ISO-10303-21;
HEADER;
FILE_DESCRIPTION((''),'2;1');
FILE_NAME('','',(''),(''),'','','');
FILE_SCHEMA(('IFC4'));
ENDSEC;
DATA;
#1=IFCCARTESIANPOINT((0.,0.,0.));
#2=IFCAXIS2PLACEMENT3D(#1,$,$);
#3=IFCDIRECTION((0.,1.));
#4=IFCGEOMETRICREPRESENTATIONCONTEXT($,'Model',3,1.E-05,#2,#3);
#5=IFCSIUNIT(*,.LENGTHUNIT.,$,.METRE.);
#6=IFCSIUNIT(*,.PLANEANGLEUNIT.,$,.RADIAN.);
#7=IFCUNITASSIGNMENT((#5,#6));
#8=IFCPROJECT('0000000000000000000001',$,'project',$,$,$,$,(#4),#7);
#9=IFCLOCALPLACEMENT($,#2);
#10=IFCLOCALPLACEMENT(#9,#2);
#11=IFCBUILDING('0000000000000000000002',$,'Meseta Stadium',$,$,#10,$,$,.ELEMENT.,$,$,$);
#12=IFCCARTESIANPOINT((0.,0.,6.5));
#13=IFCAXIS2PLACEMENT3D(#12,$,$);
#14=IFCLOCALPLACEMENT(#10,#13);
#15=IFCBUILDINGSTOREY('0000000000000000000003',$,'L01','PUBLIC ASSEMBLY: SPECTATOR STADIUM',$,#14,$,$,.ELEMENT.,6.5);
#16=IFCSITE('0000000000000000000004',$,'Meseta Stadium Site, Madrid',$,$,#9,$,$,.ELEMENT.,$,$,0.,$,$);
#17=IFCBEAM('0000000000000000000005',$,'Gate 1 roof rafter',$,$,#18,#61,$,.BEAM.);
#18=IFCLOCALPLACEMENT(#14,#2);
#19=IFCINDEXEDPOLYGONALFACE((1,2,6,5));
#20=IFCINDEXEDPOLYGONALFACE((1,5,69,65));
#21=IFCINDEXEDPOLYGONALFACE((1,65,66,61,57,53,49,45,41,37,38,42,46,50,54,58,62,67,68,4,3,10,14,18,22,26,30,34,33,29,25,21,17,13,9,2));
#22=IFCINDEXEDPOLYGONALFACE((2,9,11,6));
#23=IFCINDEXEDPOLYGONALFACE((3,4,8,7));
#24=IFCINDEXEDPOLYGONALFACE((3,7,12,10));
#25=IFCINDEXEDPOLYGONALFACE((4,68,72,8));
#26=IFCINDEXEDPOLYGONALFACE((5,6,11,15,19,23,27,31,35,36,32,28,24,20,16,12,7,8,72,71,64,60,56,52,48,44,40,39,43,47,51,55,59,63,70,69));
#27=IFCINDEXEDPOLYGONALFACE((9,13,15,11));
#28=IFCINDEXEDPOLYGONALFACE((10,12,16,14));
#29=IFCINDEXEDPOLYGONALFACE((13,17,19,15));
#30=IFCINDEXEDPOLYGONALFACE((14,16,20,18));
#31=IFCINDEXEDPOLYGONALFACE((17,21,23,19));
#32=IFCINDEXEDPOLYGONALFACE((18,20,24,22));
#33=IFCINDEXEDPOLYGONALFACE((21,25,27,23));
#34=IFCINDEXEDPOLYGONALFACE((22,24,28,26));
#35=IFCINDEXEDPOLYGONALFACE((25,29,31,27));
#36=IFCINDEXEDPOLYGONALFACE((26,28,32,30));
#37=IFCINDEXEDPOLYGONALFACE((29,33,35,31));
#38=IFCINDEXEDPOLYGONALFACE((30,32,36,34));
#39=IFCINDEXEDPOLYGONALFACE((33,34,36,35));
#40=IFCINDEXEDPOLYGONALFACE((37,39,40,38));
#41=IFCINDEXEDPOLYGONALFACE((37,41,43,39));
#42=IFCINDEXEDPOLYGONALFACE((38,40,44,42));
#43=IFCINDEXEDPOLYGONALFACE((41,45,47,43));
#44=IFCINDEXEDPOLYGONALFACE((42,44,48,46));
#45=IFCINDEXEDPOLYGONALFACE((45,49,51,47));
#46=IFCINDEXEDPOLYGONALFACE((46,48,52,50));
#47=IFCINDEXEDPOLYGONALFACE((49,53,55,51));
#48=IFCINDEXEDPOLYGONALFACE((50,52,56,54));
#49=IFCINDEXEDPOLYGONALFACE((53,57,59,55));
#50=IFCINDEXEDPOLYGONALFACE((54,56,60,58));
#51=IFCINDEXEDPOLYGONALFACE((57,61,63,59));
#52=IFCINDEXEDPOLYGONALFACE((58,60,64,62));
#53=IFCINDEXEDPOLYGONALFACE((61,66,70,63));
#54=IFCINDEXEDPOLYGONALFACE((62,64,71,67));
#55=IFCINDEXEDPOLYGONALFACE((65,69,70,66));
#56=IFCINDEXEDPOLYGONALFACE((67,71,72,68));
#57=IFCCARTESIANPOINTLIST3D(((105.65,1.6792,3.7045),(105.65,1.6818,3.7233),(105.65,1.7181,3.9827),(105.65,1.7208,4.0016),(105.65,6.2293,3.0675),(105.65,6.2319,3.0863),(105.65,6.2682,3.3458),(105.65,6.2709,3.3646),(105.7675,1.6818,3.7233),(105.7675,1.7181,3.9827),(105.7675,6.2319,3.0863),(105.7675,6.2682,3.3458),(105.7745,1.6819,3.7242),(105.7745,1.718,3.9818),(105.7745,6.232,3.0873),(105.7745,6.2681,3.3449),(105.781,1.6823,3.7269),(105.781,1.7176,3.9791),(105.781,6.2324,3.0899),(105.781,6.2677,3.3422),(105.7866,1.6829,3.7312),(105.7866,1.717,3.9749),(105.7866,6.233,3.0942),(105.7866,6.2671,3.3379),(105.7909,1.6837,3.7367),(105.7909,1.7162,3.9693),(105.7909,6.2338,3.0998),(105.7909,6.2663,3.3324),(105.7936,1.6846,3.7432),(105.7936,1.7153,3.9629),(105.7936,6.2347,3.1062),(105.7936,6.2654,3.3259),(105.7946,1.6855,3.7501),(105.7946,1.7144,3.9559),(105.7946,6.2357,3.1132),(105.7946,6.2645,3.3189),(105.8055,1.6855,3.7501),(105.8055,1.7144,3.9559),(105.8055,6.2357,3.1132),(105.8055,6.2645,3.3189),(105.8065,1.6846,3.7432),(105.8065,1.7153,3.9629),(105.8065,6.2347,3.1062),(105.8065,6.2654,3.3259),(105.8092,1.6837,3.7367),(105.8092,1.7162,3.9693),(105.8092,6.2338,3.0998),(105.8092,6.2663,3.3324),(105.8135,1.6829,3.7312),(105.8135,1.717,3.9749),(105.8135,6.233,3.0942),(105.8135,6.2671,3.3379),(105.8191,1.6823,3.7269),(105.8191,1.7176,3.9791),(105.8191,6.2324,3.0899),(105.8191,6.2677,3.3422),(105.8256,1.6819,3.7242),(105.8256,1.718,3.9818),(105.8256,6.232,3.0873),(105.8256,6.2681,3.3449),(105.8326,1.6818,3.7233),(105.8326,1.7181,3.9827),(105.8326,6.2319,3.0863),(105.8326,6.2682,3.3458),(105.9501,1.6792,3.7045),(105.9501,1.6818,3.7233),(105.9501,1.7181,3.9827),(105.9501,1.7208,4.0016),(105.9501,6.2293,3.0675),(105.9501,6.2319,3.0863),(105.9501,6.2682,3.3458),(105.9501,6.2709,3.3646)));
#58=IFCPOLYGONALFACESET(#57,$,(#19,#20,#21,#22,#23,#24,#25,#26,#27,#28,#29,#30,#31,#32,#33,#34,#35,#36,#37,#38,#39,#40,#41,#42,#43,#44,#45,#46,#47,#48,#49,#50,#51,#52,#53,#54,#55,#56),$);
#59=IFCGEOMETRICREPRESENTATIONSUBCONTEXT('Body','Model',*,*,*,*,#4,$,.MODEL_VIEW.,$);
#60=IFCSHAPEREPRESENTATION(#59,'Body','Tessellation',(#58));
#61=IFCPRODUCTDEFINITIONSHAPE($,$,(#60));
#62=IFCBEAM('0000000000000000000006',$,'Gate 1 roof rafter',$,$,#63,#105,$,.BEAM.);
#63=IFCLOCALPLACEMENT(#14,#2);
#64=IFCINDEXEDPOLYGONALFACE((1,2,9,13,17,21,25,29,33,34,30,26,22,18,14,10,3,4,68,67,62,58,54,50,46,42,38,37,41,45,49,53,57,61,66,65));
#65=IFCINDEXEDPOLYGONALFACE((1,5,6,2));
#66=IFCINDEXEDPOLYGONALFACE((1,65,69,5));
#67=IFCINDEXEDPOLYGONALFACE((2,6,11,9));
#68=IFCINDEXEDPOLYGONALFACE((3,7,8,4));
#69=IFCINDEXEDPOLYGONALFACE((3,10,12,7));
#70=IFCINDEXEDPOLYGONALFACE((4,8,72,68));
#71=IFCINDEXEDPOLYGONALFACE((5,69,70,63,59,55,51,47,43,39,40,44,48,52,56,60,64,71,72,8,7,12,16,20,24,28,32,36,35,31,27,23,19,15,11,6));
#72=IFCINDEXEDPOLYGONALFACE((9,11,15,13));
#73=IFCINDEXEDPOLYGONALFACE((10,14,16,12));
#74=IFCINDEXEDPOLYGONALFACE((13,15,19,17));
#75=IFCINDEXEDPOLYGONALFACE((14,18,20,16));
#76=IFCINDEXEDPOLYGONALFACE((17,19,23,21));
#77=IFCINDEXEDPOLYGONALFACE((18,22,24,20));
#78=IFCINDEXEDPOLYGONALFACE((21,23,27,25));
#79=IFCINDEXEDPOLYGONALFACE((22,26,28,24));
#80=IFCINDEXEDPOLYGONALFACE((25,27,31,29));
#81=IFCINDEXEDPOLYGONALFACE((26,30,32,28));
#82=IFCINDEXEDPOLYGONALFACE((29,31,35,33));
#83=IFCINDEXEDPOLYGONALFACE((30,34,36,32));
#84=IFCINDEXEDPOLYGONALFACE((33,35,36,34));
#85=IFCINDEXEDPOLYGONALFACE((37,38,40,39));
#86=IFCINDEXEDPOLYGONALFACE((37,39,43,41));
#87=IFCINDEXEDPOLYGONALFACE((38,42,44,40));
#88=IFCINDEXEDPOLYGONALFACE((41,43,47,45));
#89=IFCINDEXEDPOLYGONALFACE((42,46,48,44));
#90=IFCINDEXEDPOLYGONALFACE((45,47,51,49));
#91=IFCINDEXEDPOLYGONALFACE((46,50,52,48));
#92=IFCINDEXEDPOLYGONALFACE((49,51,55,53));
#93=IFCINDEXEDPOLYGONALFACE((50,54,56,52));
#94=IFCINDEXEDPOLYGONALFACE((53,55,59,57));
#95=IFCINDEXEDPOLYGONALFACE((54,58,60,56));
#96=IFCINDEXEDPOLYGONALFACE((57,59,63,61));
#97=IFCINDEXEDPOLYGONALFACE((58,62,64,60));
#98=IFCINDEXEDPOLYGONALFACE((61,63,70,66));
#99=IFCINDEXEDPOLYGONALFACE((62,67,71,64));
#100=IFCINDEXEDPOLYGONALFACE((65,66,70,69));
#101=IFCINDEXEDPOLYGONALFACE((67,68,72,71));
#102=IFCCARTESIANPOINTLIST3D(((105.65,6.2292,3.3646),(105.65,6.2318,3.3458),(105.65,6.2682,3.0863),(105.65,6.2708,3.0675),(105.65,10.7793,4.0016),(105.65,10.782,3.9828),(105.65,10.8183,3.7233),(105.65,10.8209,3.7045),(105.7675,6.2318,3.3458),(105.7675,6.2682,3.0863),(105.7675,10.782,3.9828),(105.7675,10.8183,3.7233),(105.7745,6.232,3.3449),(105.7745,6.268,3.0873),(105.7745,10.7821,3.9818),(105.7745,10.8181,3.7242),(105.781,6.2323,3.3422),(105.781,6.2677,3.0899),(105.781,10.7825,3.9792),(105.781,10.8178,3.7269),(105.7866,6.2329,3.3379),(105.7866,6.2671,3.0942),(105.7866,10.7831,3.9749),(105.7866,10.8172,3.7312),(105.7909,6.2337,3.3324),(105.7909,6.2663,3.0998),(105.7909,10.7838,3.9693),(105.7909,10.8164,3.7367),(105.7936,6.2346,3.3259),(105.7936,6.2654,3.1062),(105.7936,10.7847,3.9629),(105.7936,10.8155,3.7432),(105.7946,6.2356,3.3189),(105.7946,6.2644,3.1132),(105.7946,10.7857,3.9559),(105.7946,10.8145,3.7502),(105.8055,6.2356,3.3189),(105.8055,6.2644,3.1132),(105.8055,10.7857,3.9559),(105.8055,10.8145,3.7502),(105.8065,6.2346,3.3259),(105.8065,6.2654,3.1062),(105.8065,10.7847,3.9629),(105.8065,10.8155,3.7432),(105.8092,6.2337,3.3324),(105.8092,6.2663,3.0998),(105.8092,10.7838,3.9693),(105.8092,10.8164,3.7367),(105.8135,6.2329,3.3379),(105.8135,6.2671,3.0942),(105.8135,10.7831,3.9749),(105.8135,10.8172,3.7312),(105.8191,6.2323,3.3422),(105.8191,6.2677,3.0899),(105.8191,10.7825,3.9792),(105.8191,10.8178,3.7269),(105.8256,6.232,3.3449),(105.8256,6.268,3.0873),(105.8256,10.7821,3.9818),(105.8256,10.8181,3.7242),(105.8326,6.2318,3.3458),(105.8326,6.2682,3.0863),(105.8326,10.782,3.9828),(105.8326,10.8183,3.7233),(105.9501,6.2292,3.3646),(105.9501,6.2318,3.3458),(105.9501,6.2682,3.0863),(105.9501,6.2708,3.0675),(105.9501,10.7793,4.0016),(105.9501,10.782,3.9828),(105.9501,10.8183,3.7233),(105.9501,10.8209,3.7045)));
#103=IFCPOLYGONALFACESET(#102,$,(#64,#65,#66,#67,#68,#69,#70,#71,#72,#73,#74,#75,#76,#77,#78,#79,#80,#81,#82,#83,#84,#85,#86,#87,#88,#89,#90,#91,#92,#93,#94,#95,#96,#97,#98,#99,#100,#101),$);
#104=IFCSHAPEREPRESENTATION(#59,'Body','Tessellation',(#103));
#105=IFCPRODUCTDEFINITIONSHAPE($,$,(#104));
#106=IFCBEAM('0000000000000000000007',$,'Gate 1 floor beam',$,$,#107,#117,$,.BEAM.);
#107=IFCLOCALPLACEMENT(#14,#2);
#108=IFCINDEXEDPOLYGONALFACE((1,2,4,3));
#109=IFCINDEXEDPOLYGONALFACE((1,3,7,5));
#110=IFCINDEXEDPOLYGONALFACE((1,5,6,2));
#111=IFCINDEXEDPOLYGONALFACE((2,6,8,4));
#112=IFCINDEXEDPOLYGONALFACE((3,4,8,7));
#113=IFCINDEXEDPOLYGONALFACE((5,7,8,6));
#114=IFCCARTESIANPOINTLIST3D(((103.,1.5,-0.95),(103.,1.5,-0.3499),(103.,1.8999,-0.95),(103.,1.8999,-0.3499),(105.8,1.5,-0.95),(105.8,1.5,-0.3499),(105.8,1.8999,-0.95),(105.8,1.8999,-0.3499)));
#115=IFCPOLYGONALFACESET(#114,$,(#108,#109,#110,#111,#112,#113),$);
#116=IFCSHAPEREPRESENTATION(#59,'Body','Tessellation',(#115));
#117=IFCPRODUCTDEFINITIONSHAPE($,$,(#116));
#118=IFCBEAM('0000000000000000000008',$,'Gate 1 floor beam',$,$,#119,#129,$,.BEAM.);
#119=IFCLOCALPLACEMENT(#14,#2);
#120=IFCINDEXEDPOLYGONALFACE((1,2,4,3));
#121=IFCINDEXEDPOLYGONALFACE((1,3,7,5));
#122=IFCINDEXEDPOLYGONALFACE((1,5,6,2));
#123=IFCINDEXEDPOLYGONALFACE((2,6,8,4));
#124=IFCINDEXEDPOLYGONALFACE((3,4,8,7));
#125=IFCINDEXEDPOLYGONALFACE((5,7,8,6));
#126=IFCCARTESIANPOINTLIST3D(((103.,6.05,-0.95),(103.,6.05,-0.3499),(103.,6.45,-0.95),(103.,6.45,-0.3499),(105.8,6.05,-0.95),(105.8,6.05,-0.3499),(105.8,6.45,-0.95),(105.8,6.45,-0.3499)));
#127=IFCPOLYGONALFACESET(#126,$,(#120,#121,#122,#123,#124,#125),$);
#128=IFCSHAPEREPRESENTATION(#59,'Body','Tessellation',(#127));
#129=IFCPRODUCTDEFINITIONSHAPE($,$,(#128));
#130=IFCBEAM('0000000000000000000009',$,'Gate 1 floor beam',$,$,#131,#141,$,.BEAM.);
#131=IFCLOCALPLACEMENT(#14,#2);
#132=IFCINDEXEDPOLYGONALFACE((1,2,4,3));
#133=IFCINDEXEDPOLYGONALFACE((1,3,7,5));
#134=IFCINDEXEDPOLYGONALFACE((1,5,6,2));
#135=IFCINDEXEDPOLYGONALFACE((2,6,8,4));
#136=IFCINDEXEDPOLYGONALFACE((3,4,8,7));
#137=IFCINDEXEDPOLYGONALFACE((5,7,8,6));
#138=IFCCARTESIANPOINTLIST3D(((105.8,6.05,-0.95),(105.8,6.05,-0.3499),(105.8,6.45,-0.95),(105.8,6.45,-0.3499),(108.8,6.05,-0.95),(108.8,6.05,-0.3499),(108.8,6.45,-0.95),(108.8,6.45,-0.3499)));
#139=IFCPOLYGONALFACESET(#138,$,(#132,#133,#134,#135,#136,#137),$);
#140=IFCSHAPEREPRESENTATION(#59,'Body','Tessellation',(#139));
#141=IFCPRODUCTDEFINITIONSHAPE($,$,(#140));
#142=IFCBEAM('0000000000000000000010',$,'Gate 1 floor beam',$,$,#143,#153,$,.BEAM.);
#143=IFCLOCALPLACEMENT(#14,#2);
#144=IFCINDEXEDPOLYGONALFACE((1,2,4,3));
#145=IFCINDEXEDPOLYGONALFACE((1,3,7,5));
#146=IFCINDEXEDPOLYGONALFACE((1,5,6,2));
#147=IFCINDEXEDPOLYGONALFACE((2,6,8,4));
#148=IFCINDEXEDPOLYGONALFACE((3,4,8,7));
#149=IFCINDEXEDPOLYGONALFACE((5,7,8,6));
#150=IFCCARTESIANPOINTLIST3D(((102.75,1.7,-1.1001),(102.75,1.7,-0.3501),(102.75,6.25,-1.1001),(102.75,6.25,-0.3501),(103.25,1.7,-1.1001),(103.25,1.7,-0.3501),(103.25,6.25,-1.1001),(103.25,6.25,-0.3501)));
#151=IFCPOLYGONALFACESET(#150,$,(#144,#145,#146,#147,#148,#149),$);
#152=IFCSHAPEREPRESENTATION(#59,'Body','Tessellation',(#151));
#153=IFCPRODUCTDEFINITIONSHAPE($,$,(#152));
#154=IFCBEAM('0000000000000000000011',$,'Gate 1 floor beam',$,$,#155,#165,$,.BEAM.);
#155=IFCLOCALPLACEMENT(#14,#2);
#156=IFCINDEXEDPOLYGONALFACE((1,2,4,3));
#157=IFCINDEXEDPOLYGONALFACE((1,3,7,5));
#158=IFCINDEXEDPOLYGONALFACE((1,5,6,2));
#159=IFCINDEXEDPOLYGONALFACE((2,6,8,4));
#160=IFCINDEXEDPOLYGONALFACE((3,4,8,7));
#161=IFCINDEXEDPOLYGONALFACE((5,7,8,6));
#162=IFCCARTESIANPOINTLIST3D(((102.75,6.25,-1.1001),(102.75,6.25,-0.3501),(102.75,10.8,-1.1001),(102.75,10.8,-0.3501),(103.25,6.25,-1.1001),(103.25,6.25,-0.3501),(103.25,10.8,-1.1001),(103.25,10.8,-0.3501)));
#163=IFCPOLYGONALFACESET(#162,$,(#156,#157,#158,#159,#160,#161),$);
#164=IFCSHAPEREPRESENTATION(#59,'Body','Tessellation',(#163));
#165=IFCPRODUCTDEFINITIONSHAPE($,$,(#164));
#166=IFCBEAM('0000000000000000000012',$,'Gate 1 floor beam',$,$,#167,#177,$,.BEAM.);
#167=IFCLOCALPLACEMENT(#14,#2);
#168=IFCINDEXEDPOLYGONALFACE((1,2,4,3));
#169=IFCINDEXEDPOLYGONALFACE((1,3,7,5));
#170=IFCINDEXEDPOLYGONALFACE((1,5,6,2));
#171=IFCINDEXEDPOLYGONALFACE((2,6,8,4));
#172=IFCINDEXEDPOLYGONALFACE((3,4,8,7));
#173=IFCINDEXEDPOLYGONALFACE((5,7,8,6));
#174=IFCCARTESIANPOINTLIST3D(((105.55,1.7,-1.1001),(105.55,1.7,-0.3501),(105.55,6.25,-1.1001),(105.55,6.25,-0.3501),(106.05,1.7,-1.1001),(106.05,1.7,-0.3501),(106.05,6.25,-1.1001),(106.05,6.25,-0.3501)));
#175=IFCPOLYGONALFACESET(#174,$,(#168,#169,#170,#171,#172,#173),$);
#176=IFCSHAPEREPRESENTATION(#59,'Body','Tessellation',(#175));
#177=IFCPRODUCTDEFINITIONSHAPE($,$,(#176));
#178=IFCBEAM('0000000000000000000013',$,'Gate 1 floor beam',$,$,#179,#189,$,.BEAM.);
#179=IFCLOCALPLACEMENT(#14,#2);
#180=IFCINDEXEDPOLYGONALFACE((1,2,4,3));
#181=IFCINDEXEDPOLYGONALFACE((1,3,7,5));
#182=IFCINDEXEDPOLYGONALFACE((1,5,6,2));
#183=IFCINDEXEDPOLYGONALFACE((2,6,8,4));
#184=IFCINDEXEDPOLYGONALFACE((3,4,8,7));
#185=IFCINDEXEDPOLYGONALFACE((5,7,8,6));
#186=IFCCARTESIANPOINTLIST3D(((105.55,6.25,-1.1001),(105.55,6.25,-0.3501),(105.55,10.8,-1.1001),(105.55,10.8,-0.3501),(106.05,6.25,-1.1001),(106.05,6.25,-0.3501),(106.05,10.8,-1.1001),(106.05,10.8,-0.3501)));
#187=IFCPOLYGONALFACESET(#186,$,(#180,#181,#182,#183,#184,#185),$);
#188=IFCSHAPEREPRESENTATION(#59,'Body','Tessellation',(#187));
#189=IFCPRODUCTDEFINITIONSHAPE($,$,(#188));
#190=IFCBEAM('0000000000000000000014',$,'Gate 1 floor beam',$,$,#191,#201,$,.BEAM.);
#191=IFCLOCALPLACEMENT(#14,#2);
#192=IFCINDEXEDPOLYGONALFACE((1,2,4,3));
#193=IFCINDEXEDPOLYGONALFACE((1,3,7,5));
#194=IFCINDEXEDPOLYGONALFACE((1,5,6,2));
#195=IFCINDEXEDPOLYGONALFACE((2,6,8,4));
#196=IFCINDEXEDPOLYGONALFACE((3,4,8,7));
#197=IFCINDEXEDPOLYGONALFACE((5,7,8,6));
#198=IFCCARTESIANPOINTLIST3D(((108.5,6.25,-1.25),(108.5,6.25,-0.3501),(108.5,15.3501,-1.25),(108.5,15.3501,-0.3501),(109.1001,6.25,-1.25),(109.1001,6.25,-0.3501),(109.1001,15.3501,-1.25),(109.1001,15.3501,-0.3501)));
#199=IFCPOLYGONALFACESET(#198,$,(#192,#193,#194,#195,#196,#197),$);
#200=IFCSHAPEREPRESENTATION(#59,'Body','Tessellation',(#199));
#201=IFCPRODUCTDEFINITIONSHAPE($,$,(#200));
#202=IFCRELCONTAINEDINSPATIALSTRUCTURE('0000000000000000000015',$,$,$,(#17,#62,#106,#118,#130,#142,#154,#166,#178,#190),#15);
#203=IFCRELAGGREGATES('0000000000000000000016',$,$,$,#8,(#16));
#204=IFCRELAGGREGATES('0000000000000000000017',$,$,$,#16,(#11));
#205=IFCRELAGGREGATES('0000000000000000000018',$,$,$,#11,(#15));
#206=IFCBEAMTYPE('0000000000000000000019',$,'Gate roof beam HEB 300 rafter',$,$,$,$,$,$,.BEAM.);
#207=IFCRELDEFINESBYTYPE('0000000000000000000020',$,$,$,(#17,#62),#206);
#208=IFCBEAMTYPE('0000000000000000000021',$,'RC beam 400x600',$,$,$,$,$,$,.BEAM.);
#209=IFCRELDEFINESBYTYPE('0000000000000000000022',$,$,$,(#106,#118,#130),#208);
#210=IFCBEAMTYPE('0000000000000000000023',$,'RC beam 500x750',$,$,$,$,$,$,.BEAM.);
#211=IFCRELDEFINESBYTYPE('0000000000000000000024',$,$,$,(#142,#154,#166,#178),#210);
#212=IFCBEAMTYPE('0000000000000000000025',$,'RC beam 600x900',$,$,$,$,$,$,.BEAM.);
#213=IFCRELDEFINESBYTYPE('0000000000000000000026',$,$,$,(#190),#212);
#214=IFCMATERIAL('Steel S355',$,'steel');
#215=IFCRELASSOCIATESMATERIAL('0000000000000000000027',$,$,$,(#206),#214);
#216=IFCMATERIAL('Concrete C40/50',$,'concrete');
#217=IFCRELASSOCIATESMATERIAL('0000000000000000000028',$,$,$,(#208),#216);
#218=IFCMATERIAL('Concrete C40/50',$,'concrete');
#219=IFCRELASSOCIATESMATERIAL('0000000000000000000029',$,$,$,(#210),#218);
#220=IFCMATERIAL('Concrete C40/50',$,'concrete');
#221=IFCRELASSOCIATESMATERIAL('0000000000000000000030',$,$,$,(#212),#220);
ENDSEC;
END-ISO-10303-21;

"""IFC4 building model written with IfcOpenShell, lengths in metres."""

from ifc_helpers import new_model, si_unit, direction, frame, origin, origin_2d, place, context, subcontext, project, spatial, rectangle, i_section, extrude, material, material_profile, profile_set, type_object, element, save


model = new_model("IFC4")

# Units and contexts
model_context = context("Model", 3, precision=1e-05, world=origin(), true_north=direction((0.0, 1.0)))
body_context = subcontext(model_context, "Body", "Model", "MODEL_VIEW")
ifc_project = project(units=[si_unit("LENGTHUNIT", "METRE"), si_unit("PLANEANGLEUNIT", "RADIAN")], contexts=[model_context])

# Site, building, storey
site_placement = place(None, origin())
site = spatial("IfcSite", under=ifc_project, at=site_placement, Name="Meseta Stadium Site, Madrid", CompositionType="ELEMENT", RefElevation=0.0)
building_placement = place(site_placement, origin())
building = spatial("IfcBuilding", under=site, at=building_placement, Name="Meseta Stadium", CompositionType="ELEMENT")
storey_placement = place(building_placement, frame((0.0, 0.0, 6.5)))
storey = spatial("IfcBuildingStorey", under=building, at=storey_placement, Name="L01", Description="PUBLIC ASSEMBLY: SPECTATOR STADIUM", CompositionType="ELEMENT", Elevation=6.5)

# Beams
ifc_material_1 = material(Name="Steel S355", Category="steel")
ifc_material_profile_1 = material_profile(ifc_material_1, i_section(OverallWidth=0.3, OverallDepth=0.3, WebThickness=0.011, FlangeThickness=0.019, FilletRadius=0.0271, at=origin_2d()), Name="HEB 300")
ifc_profile_set_1 = profile_set([ifc_material_profile_1], Name="Steel S355")
beam_type_1 = type_object("IfcBeamType", Name="Gate roof beam HEB 300 rafter", PredefinedType="BEAM", material=ifc_profile_set_1)
for number, where, z_axis, x_axis, name in (
    (1, (105.8, 1.7, 3.853), (0.0, 0.990343, -0.138638), (-1.0, 0.0, 0.0), "Gate 1 roof rafter"),
    (2, (105.8, 6.25, 3.2161), (0.0, 0.990343, 0.138638), (-1.0, 0.0, 0.0), "Gate 1 roof rafter"),
):
    element("IfcBeam", number, at=place(storey_placement, frame(where, z_axis=z_axis, x_axis=x_axis)), inside=storey, type_object=beam_type_1, Name=name, PredefinedType="BEAM", context=body_context, shape_type="SweptSolid", body=[
        extrude(i_section(OverallWidth=0.3, OverallDepth=0.3, WebThickness=0.011, FlangeThickness=0.019, FilletRadius=0.0271, at=origin_2d()), origin(), (0.0, 0.0, 1.0), 4.5945),
    ])
ifc_material_2 = material(Name="Concrete C40/50", Category="concrete")
ifc_material_profile_2 = material_profile(ifc_material_2, rectangle(XDim=0.3999, YDim=0.6001, at=origin_2d()), Name="RC 400x600")
ifc_profile_set_2 = profile_set([ifc_material_profile_2], Name="Concrete C40/50")
beam_type_2 = type_object("IfcBeamType", Name="RC beam 400x600", PredefinedType="BEAM", material=ifc_profile_set_2)
for number, where, z_axis, x_axis, name in (
    (3, (103.0, 1.7, -0.6499), (1.0, 0.0, 0.0), (0.0, 1.0, 0.0), "Gate 1 floor beam"),
    (4, (103.0, 6.25, -0.6499), (1.0, 0.0, 0.0), (0.0, 1.0, 0.0), "Gate 1 floor beam"),
):
    element("IfcBeam", number, at=place(storey_placement, frame(where, z_axis=z_axis, x_axis=x_axis)), inside=storey, type_object=beam_type_2, Name=name, PredefinedType="BEAM", context=body_context, shape_type="SweptSolid", body=[
        extrude(rectangle(XDim=0.3999, YDim=0.6001, at=origin_2d()), origin(), (0.0, 0.0, 1.0), 2.8),
    ])
beam_1_placement = place(storey_placement, frame((105.8, 6.25, -0.6499), z_axis=(1.0, 0.0, 0.0), x_axis=(0.0, 1.0, 0.0)))
element("IfcBeam", 5, at=beam_1_placement, inside=storey, type_object=beam_type_2, Name="Gate 1 floor beam", PredefinedType="BEAM", context=body_context, shape_type="SweptSolid", body=[
    extrude(rectangle(XDim=0.3999, YDim=0.6001, at=origin_2d()), origin(), (0.0, 0.0, 1.0), 3.0),
])
ifc_material_3 = material(Name="Concrete C40/50", Category="concrete")
ifc_material_profile_3 = material_profile(ifc_material_3, rectangle(XDim=0.5, YDim=0.75, at=origin_2d()), Name="RC 500x750")
ifc_profile_set_3 = profile_set([ifc_material_profile_3], Name="Concrete C40/50")
beam_type_3 = type_object("IfcBeamType", Name="RC beam 500x750", PredefinedType="BEAM", material=ifc_profile_set_3)
for number, where, z_axis, x_axis, name in (
    (6, (103.0, 1.7, -0.7251), (0.0, 1.0, 0.0), (-1.0, 0.0, 0.0), "Gate 1 floor beam"),
    (7, (103.0, 6.25, -0.7251), (0.0, 1.0, 0.0), (-1.0, 0.0, 0.0), "Gate 1 floor beam"),
    (8, (105.8, 1.7, -0.7251), (0.0, 1.0, 0.0), (-1.0, 0.0, 0.0), "Gate 1 floor beam"),
    (9, (105.8, 6.25, -0.7251), (0.0, 1.0, 0.0), (-1.0, 0.0, 0.0), "Gate 1 floor beam"),
):
    element("IfcBeam", number, at=place(storey_placement, frame(where, z_axis=z_axis, x_axis=x_axis)), inside=storey, type_object=beam_type_3, Name=name, PredefinedType="BEAM", context=body_context, shape_type="SweptSolid", body=[
        extrude(rectangle(XDim=0.5, YDim=0.75, at=origin_2d()), origin(), (0.0, 0.0, 1.0), 4.55),
    ])
ifc_material_4 = material(Name="Concrete C40/50", Category="concrete")
ifc_material_profile_4 = material_profile(ifc_material_4, rectangle(XDim=0.6001, YDim=0.8999, at=origin_2d()), Name="RC 600x900")
ifc_profile_set_4 = profile_set([ifc_material_profile_4], Name="Concrete C40/50")
beam_type_4 = type_object("IfcBeamType", Name="RC beam 600x900", PredefinedType="BEAM", material=ifc_profile_set_4)
beam_2_placement = place(storey_placement, frame((108.8, 6.25, -0.8), z_axis=(0.0, 1.0, 0.0), x_axis=(-1.0, 0.0, 0.0)))
element("IfcBeam", 10, at=beam_2_placement, inside=storey, type_object=beam_type_4, Name="Gate 1 floor beam", PredefinedType="BEAM", context=body_context, shape_type="SweptSolid", body=[
    extrude(rectangle(XDim=0.6001, YDim=0.8999, at=origin_2d()), origin(), (0.0, 0.0, 1.0), 9.1001),
])

save(model, "model.ifc")
